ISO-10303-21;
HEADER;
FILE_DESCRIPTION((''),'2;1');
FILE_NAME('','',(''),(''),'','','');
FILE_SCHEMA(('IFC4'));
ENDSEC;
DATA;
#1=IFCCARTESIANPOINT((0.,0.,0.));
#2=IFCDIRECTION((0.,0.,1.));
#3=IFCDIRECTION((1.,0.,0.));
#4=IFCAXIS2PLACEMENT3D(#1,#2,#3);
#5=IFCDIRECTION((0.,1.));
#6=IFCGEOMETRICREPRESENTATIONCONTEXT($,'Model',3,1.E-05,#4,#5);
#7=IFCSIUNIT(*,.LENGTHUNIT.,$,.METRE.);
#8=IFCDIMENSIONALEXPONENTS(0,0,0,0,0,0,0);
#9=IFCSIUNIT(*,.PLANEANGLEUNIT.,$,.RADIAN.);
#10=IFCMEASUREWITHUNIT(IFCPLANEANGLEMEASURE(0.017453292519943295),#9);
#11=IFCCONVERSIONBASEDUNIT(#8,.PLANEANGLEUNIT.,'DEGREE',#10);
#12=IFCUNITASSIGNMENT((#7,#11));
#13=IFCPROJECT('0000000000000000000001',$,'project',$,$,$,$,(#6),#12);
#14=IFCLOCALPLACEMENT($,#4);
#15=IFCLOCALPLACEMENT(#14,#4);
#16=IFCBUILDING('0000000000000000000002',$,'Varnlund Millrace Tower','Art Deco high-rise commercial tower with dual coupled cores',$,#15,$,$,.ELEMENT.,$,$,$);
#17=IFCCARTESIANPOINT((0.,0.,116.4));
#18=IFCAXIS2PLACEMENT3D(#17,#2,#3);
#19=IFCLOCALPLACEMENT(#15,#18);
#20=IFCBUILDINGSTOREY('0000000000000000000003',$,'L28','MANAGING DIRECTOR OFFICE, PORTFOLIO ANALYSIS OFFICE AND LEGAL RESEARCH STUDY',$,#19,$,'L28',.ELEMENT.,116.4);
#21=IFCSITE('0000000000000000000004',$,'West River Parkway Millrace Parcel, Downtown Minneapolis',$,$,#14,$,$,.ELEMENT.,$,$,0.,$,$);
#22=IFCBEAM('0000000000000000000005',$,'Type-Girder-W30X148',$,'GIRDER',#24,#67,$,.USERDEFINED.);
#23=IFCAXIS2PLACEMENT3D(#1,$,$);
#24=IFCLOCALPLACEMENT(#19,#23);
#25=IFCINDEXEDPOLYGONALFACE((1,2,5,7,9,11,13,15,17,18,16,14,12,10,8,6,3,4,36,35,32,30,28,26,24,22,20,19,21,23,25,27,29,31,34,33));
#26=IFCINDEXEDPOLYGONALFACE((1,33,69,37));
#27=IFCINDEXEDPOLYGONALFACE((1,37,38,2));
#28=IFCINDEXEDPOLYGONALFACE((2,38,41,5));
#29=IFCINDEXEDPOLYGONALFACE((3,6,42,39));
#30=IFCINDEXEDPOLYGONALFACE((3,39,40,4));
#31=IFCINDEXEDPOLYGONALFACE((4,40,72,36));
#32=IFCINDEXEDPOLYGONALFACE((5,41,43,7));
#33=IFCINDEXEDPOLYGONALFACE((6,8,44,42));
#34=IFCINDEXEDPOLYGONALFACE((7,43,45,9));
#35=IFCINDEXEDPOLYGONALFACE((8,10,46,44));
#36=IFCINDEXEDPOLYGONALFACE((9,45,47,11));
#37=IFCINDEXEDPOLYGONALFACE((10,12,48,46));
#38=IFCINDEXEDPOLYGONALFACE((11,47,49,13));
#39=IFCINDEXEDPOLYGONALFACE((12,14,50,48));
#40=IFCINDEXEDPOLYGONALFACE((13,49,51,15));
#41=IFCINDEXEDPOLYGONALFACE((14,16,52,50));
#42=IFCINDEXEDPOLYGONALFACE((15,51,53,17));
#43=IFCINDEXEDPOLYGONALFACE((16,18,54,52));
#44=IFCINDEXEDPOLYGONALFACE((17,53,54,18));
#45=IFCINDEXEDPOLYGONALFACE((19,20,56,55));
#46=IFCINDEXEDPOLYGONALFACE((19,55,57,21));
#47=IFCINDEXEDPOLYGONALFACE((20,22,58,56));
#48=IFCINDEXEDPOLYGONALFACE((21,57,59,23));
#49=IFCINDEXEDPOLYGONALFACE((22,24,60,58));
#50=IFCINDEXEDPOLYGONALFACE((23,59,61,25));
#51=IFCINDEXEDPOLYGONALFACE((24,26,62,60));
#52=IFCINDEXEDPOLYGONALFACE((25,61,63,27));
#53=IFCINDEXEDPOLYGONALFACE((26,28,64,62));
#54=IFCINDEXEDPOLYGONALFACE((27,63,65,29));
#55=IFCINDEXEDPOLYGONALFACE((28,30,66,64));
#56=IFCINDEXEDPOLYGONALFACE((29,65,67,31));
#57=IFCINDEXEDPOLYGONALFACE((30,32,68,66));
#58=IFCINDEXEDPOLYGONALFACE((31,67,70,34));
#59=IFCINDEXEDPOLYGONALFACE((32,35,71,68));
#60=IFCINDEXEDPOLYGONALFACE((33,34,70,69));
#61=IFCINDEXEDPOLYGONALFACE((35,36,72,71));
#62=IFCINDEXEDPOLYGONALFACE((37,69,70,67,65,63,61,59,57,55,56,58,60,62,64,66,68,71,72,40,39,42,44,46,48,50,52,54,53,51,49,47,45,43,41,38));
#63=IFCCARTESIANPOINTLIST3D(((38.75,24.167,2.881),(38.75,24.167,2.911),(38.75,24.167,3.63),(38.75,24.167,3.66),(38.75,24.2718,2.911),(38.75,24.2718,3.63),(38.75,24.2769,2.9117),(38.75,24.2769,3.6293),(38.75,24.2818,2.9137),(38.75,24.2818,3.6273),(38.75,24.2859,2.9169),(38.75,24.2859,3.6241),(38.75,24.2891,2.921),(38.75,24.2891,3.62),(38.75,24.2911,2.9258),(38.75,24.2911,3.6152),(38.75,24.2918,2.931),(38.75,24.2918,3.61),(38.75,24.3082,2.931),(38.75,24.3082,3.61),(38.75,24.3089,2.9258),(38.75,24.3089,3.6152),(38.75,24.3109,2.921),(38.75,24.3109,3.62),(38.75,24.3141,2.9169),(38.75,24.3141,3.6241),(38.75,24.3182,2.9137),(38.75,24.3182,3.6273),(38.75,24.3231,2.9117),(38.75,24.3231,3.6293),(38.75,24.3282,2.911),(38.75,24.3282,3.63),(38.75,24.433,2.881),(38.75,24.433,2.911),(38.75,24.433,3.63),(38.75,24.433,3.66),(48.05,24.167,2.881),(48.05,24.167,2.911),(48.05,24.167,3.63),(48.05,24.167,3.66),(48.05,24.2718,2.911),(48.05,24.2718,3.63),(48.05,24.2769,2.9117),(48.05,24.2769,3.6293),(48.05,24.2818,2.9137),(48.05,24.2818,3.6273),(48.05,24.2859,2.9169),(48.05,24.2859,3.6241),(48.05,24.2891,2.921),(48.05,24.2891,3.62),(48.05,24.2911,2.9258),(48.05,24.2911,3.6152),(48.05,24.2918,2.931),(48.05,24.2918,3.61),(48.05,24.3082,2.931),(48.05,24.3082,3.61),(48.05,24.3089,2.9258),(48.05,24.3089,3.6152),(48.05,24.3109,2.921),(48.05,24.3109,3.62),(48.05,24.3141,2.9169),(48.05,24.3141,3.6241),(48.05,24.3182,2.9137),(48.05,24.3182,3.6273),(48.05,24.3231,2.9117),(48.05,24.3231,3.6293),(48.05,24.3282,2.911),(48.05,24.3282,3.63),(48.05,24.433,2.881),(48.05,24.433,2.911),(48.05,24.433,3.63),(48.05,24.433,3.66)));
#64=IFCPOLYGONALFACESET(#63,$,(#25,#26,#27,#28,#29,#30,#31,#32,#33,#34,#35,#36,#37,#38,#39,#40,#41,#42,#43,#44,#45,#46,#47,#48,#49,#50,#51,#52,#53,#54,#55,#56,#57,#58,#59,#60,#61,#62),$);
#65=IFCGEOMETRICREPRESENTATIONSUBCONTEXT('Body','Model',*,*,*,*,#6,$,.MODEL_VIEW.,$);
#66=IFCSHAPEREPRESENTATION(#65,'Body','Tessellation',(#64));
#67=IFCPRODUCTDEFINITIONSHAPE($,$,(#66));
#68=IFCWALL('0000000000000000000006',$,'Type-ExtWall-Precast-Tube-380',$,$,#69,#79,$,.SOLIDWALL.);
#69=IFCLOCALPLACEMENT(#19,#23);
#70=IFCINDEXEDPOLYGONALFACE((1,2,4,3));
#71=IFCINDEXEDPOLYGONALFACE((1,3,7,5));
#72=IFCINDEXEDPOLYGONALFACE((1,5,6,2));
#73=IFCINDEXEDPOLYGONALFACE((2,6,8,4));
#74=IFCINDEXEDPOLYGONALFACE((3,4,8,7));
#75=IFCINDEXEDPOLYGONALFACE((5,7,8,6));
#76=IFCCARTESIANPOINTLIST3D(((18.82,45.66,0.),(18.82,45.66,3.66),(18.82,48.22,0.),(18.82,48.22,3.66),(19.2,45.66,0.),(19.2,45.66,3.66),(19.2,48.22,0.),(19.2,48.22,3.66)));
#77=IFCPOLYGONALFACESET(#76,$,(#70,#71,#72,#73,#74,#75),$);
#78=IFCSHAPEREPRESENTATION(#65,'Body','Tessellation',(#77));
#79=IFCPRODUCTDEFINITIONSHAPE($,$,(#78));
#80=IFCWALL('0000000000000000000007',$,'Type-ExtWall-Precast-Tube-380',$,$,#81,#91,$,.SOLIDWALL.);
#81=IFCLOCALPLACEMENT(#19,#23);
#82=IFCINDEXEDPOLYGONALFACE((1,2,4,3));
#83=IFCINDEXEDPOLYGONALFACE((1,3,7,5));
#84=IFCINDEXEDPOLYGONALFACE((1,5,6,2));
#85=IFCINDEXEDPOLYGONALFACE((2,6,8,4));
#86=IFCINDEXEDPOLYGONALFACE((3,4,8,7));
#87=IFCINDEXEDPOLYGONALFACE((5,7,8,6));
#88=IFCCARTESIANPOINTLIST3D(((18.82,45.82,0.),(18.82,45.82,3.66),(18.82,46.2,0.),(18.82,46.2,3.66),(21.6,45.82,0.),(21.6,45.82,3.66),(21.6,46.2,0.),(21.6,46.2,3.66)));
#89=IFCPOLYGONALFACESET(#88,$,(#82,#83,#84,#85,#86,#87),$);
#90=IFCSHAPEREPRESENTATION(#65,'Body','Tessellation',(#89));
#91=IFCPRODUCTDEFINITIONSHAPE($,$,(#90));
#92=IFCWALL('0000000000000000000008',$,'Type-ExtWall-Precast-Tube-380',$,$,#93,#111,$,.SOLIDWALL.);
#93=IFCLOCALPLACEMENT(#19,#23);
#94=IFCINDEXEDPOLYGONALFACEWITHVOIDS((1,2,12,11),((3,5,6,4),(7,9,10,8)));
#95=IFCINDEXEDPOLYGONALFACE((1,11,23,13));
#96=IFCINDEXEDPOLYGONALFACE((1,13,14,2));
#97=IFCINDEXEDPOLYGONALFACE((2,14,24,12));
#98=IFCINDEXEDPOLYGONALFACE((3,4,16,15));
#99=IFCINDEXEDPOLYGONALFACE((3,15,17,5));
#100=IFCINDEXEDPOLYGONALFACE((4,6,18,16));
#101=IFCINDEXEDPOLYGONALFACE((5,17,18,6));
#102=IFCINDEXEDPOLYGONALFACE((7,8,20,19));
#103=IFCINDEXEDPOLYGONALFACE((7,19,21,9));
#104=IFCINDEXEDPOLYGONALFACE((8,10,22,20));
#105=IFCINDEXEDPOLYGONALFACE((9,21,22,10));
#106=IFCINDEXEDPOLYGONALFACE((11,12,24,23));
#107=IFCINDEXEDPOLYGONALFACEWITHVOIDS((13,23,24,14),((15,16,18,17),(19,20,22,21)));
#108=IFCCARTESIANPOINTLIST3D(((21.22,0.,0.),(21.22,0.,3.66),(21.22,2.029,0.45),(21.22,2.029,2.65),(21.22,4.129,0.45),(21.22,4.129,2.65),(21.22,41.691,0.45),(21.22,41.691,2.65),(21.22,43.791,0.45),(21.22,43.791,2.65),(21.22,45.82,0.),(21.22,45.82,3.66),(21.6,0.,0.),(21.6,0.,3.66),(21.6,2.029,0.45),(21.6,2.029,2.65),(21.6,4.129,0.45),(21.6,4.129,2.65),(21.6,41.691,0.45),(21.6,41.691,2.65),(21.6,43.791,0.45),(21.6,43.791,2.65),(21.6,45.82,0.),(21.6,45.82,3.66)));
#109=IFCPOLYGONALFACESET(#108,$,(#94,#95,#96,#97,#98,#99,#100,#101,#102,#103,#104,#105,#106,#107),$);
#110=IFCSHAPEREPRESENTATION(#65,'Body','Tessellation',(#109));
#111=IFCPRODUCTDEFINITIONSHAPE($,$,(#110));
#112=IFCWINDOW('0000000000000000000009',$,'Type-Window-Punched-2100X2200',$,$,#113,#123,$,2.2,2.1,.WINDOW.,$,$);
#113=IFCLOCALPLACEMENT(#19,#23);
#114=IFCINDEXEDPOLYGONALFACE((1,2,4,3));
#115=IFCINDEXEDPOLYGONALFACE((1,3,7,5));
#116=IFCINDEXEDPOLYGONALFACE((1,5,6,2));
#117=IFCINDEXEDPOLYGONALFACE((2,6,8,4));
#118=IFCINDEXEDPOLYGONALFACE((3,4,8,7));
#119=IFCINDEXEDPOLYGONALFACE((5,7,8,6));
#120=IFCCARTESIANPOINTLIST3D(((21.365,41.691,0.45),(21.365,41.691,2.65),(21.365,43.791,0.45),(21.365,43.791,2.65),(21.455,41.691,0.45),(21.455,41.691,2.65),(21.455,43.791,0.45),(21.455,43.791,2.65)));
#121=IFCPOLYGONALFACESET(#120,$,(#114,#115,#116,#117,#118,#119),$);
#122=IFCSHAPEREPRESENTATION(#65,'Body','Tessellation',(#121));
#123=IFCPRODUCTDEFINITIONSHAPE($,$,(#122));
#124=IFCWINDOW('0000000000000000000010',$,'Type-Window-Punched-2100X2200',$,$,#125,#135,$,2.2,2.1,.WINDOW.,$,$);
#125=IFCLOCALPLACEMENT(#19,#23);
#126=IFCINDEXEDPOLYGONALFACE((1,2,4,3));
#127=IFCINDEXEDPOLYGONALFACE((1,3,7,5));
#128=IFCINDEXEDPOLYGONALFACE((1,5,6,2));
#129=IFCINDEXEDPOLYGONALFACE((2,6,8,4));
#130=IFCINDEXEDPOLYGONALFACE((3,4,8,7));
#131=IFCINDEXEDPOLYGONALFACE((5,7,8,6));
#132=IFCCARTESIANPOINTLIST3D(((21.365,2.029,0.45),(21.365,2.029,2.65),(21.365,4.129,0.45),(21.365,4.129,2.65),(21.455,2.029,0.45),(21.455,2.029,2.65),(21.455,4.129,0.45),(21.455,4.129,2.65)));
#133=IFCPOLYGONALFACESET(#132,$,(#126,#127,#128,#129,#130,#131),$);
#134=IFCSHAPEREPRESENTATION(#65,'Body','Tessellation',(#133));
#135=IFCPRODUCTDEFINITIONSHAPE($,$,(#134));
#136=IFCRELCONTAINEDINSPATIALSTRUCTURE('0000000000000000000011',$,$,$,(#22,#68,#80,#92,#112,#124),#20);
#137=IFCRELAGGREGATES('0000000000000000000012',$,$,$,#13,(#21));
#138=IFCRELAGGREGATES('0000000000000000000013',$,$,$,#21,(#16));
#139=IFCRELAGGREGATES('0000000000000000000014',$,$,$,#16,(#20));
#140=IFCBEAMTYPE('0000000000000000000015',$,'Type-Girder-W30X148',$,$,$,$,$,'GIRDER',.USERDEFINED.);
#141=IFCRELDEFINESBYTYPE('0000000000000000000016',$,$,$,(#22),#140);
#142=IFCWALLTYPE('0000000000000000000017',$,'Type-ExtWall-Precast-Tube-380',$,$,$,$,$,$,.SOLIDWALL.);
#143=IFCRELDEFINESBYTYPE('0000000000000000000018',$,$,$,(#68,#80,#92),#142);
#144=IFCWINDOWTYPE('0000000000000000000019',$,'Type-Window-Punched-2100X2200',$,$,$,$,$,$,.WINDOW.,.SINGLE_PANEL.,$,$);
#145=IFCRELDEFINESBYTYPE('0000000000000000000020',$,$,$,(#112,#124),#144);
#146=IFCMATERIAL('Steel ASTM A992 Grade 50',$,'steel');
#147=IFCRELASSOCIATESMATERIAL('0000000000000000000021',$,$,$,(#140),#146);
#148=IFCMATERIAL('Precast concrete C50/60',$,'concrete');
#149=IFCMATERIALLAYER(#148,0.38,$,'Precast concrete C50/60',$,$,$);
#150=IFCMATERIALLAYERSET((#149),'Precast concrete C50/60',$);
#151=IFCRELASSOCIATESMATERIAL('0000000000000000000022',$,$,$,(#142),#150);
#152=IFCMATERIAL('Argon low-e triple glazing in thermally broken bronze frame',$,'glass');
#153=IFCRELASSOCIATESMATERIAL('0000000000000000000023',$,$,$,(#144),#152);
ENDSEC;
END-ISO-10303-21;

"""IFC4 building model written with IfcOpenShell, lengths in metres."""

from ifc_helpers import new_model, entity, si_unit, converted_unit, direction, frame, origin_with_axes, origin_2d_with_axis, place, context, subcontext, project, spatial, polyline, rectangle, i_section, outline, extrude, material, layer, layer_set, material_profile, profile_set, type_object, element, fill, save


model = new_model("IFC4")

# Units and contexts
model_context = context("Model", 3, precision=1e-05, world=origin_with_axes(), true_north=direction((0.0, 1.0)))
body_context = subcontext(model_context, "Body", "Model", "MODEL_VIEW")
ifc_project = project(units=[si_unit("LENGTHUNIT", "METRE"), converted_unit("PLANEANGLEUNIT", "DEGREE", entity("IfcPlaneAngleMeasure", 0.017453292519943295), si_unit("PLANEANGLEUNIT", "RADIAN"), dimensions=[0, 0, 0, 0, 0, 0, 0])], contexts=[model_context])

# Site, building, storey
site_placement = place(None, origin_with_axes())
site = spatial("IfcSite", under=ifc_project, at=site_placement, Name="West River Parkway Millrace Parcel, Downtown Minneapolis", CompositionType="ELEMENT", RefElevation=0.0)
building_placement = place(site_placement, origin_with_axes())
building = spatial("IfcBuilding", under=site, at=building_placement, Name="Varnlund Millrace Tower", Description="Art Deco high-rise commercial tower with dual coupled cores", CompositionType="ELEMENT")
storey_placement = place(building_placement, frame((0.0, 0.0, 116.4), z_axis=(0.0, 0.0, 1.0), x_axis=(1.0, 0.0, 0.0)))
storey = spatial("IfcBuildingStorey", under=building, at=storey_placement, Name="L28", Description="MANAGING DIRECTOR OFFICE, PORTFOLIO ANALYSIS OFFICE AND LEGAL RESEARCH STUDY", LongName="L28", CompositionType="ELEMENT", Elevation=116.4)

# Beam
ifc_material_1 = material(Name="Steel ASTM A992 Grade 50", Category="steel")
ifc_material_profile_1 = material_profile(ifc_material_1, i_section(OverallWidth=0.266, OverallDepth=0.779, WebThickness=0.0165, FlangeThickness=0.03, FilletRadius=0.02, at=origin_2d_with_axis()), Name="Steel ASTM A992 Grade 50")
ifc_profile_set_1 = profile_set([ifc_material_profile_1], Name="Steel ASTM A992 Grade 50")
beam_type_1 = type_object("IfcBeamType", Name="Type-Girder-W30X148", ElementType="GIRDER", PredefinedType="USERDEFINED", material=ifc_profile_set_1)
beam_1_placement = place(storey_placement, frame((38.75, 24.3, 3.2705), z_axis=(1.0, 0.0, 0.0), x_axis=(0.0, 1.0, 0.0)))
element("IfcBeam", 1, at=beam_1_placement, inside=storey, type_object=beam_type_1, Name="Type-Girder-W30X148", ObjectType="GIRDER", PredefinedType="USERDEFINED", context=body_context, shape_type="SweptSolid", body=[
    extrude(i_section(OverallWidth=0.266, OverallDepth=0.779, WebThickness=0.0165, FlangeThickness=0.03, FilletRadius=0.02, at=origin_2d_with_axis()), origin_with_axes(), (0.0, 0.0, 1.0), 9.3),
])

# Walls
ifc_material_2 = material(Name="Precast concrete C50/60", Category="concrete")
ifc_layer_1 = layer(ifc_material_2, 0.38, Name="Precast concrete C50/60")
ifc_layer_set_1 = layer_set([ifc_layer_1], Name="Precast concrete C50/60")
wall_type_1 = type_object("IfcWallType", Name="Type-ExtWall-Precast-Tube-380", PredefinedType="SOLIDWALL", material=ifc_layer_set_1)
wall_1_placement = place(storey_placement, frame((19.01, 48.22, 0.0), z_axis=(0.0, 0.0, 1.0), x_axis=(0.0, -1.0, 0.0)))
element("IfcWall", 2, at=wall_1_placement, inside=storey, type_object=wall_type_1, Name="Type-ExtWall-Precast-Tube-380", PredefinedType="SOLIDWALL", context=body_context, shape_type="SweptSolid", body=[
    extrude(outline(polyline([(0.0, -0.19), (2.56, -0.19), (2.56, 0.19), (0.0, 0.19), (0.0, -0.19)])), origin_with_axes(), (0.0, 0.0, 1.0), 3.66),
])
wall_2_placement = place(storey_placement, frame((18.82, 46.01, 0.0), z_axis=(0.0, 0.0, 1.0), x_axis=(1.0, 0.0, 0.0)))
element("IfcWall", 3, at=wall_2_placement, inside=storey, type_object=wall_type_1, Name="Type-ExtWall-Precast-Tube-380", PredefinedType="SOLIDWALL", context=body_context, shape_type="SweptSolid", body=[
    extrude(outline(polyline([(0.0, -0.19), (2.78, -0.19), (2.78, 0.19), (0.0, 0.19), (0.0, -0.19)])), origin_with_axes(), (0.0, 0.0, 1.0), 3.66),
])

# Wall, openings, windows
wall_3_placement = place(storey_placement, frame((21.41, 45.82, 0.0), z_axis=(0.0, 0.0, 1.0), x_axis=(0.0, -1.0, 0.0)))
wall_3 = element("IfcWall", 4, at=wall_3_placement, inside=storey, type_object=wall_type_1, Name="Type-ExtWall-Precast-Tube-380", PredefinedType="SOLIDWALL", context=body_context, shape_type="SweptSolid", body=[
    extrude(outline(polyline([(0.0, -0.19), (45.82, -0.19), (45.82, 0.19), (0.0, 0.19), (0.0, -0.19)])), origin_with_axes(), (0.0, 0.0, 1.0), 3.66),
])
opening_1_placement = place(wall_3_placement, frame((3.079, 0.0, 0.45), z_axis=(0.0, 0.0, 1.0), x_axis=(1.0, 0.0, 0.0)))
opening_1 = element("IfcOpeningElement", 5, at=opening_1_placement, cuts=wall_3, PredefinedType="OPENING", context=body_context, shape_type="SweptSolid", body=[
    extrude(rectangle(XDim=2.1, YDim=0.4, at=origin_2d_with_axis()), origin_with_axes(), (0.0, 0.0, 1.0), 2.2),
])
opening_2_placement = place(wall_3_placement, frame((42.741, 0.0, 0.45), z_axis=(0.0, 0.0, 1.0), x_axis=(1.0, 0.0, 0.0)))
opening_2 = element("IfcOpeningElement", 6, at=opening_2_placement, cuts=wall_3, PredefinedType="OPENING", context=body_context, shape_type="SweptSolid", body=[
    extrude(rectangle(XDim=2.1, YDim=0.4, at=origin_2d_with_axis()), origin_with_axes(), (0.0, 0.0, 1.0), 2.2),
])
ifc_material_3 = material(Name="Argon low-e triple glazing in thermally broken bronze frame", Category="glass")
window_type = type_object("IfcWindowType", Name="Type-Window-Punched-2100X2200", PartitioningType="SINGLE_PANEL", PredefinedType="WINDOW", material=ifc_material_3)
window_1_placement = place(wall_3_placement, frame((3.079, 0.0, 0.45), z_axis=(0.0, 0.0, 1.0), x_axis=(1.0, 0.0, 0.0)))
window_1 = element("IfcWindow", 7, at=window_1_placement, inside=storey, type_object=window_type, Name="Type-Window-Punched-2100X2200", OverallHeight=2.2, OverallWidth=2.1, PredefinedType="WINDOW", context=body_context, shape_type="SweptSolid", body=[
    extrude(rectangle(XDim=2.1, YDim=0.09, at=origin_2d_with_axis()), origin_with_axes(), (0.0, 0.0, 1.0), 2.2),
])
fill(opening_1, window_1)
window_2_placement = place(wall_3_placement, frame((42.741, 0.0, 0.45), z_axis=(0.0, 0.0, 1.0), x_axis=(1.0, 0.0, 0.0)))
window_2 = element("IfcWindow", 8, at=window_2_placement, inside=storey, type_object=window_type, Name="Type-Window-Punched-2100X2200", OverallHeight=2.2, OverallWidth=2.1, PredefinedType="WINDOW", context=body_context, shape_type="SweptSolid", body=[
    extrude(rectangle(XDim=2.1, YDim=0.09, at=origin_2d_with_axis()), origin_with_axes(), (0.0, 0.0, 1.0), 2.2),
])
fill(opening_2, window_2)

save(model, "model.ifc")
